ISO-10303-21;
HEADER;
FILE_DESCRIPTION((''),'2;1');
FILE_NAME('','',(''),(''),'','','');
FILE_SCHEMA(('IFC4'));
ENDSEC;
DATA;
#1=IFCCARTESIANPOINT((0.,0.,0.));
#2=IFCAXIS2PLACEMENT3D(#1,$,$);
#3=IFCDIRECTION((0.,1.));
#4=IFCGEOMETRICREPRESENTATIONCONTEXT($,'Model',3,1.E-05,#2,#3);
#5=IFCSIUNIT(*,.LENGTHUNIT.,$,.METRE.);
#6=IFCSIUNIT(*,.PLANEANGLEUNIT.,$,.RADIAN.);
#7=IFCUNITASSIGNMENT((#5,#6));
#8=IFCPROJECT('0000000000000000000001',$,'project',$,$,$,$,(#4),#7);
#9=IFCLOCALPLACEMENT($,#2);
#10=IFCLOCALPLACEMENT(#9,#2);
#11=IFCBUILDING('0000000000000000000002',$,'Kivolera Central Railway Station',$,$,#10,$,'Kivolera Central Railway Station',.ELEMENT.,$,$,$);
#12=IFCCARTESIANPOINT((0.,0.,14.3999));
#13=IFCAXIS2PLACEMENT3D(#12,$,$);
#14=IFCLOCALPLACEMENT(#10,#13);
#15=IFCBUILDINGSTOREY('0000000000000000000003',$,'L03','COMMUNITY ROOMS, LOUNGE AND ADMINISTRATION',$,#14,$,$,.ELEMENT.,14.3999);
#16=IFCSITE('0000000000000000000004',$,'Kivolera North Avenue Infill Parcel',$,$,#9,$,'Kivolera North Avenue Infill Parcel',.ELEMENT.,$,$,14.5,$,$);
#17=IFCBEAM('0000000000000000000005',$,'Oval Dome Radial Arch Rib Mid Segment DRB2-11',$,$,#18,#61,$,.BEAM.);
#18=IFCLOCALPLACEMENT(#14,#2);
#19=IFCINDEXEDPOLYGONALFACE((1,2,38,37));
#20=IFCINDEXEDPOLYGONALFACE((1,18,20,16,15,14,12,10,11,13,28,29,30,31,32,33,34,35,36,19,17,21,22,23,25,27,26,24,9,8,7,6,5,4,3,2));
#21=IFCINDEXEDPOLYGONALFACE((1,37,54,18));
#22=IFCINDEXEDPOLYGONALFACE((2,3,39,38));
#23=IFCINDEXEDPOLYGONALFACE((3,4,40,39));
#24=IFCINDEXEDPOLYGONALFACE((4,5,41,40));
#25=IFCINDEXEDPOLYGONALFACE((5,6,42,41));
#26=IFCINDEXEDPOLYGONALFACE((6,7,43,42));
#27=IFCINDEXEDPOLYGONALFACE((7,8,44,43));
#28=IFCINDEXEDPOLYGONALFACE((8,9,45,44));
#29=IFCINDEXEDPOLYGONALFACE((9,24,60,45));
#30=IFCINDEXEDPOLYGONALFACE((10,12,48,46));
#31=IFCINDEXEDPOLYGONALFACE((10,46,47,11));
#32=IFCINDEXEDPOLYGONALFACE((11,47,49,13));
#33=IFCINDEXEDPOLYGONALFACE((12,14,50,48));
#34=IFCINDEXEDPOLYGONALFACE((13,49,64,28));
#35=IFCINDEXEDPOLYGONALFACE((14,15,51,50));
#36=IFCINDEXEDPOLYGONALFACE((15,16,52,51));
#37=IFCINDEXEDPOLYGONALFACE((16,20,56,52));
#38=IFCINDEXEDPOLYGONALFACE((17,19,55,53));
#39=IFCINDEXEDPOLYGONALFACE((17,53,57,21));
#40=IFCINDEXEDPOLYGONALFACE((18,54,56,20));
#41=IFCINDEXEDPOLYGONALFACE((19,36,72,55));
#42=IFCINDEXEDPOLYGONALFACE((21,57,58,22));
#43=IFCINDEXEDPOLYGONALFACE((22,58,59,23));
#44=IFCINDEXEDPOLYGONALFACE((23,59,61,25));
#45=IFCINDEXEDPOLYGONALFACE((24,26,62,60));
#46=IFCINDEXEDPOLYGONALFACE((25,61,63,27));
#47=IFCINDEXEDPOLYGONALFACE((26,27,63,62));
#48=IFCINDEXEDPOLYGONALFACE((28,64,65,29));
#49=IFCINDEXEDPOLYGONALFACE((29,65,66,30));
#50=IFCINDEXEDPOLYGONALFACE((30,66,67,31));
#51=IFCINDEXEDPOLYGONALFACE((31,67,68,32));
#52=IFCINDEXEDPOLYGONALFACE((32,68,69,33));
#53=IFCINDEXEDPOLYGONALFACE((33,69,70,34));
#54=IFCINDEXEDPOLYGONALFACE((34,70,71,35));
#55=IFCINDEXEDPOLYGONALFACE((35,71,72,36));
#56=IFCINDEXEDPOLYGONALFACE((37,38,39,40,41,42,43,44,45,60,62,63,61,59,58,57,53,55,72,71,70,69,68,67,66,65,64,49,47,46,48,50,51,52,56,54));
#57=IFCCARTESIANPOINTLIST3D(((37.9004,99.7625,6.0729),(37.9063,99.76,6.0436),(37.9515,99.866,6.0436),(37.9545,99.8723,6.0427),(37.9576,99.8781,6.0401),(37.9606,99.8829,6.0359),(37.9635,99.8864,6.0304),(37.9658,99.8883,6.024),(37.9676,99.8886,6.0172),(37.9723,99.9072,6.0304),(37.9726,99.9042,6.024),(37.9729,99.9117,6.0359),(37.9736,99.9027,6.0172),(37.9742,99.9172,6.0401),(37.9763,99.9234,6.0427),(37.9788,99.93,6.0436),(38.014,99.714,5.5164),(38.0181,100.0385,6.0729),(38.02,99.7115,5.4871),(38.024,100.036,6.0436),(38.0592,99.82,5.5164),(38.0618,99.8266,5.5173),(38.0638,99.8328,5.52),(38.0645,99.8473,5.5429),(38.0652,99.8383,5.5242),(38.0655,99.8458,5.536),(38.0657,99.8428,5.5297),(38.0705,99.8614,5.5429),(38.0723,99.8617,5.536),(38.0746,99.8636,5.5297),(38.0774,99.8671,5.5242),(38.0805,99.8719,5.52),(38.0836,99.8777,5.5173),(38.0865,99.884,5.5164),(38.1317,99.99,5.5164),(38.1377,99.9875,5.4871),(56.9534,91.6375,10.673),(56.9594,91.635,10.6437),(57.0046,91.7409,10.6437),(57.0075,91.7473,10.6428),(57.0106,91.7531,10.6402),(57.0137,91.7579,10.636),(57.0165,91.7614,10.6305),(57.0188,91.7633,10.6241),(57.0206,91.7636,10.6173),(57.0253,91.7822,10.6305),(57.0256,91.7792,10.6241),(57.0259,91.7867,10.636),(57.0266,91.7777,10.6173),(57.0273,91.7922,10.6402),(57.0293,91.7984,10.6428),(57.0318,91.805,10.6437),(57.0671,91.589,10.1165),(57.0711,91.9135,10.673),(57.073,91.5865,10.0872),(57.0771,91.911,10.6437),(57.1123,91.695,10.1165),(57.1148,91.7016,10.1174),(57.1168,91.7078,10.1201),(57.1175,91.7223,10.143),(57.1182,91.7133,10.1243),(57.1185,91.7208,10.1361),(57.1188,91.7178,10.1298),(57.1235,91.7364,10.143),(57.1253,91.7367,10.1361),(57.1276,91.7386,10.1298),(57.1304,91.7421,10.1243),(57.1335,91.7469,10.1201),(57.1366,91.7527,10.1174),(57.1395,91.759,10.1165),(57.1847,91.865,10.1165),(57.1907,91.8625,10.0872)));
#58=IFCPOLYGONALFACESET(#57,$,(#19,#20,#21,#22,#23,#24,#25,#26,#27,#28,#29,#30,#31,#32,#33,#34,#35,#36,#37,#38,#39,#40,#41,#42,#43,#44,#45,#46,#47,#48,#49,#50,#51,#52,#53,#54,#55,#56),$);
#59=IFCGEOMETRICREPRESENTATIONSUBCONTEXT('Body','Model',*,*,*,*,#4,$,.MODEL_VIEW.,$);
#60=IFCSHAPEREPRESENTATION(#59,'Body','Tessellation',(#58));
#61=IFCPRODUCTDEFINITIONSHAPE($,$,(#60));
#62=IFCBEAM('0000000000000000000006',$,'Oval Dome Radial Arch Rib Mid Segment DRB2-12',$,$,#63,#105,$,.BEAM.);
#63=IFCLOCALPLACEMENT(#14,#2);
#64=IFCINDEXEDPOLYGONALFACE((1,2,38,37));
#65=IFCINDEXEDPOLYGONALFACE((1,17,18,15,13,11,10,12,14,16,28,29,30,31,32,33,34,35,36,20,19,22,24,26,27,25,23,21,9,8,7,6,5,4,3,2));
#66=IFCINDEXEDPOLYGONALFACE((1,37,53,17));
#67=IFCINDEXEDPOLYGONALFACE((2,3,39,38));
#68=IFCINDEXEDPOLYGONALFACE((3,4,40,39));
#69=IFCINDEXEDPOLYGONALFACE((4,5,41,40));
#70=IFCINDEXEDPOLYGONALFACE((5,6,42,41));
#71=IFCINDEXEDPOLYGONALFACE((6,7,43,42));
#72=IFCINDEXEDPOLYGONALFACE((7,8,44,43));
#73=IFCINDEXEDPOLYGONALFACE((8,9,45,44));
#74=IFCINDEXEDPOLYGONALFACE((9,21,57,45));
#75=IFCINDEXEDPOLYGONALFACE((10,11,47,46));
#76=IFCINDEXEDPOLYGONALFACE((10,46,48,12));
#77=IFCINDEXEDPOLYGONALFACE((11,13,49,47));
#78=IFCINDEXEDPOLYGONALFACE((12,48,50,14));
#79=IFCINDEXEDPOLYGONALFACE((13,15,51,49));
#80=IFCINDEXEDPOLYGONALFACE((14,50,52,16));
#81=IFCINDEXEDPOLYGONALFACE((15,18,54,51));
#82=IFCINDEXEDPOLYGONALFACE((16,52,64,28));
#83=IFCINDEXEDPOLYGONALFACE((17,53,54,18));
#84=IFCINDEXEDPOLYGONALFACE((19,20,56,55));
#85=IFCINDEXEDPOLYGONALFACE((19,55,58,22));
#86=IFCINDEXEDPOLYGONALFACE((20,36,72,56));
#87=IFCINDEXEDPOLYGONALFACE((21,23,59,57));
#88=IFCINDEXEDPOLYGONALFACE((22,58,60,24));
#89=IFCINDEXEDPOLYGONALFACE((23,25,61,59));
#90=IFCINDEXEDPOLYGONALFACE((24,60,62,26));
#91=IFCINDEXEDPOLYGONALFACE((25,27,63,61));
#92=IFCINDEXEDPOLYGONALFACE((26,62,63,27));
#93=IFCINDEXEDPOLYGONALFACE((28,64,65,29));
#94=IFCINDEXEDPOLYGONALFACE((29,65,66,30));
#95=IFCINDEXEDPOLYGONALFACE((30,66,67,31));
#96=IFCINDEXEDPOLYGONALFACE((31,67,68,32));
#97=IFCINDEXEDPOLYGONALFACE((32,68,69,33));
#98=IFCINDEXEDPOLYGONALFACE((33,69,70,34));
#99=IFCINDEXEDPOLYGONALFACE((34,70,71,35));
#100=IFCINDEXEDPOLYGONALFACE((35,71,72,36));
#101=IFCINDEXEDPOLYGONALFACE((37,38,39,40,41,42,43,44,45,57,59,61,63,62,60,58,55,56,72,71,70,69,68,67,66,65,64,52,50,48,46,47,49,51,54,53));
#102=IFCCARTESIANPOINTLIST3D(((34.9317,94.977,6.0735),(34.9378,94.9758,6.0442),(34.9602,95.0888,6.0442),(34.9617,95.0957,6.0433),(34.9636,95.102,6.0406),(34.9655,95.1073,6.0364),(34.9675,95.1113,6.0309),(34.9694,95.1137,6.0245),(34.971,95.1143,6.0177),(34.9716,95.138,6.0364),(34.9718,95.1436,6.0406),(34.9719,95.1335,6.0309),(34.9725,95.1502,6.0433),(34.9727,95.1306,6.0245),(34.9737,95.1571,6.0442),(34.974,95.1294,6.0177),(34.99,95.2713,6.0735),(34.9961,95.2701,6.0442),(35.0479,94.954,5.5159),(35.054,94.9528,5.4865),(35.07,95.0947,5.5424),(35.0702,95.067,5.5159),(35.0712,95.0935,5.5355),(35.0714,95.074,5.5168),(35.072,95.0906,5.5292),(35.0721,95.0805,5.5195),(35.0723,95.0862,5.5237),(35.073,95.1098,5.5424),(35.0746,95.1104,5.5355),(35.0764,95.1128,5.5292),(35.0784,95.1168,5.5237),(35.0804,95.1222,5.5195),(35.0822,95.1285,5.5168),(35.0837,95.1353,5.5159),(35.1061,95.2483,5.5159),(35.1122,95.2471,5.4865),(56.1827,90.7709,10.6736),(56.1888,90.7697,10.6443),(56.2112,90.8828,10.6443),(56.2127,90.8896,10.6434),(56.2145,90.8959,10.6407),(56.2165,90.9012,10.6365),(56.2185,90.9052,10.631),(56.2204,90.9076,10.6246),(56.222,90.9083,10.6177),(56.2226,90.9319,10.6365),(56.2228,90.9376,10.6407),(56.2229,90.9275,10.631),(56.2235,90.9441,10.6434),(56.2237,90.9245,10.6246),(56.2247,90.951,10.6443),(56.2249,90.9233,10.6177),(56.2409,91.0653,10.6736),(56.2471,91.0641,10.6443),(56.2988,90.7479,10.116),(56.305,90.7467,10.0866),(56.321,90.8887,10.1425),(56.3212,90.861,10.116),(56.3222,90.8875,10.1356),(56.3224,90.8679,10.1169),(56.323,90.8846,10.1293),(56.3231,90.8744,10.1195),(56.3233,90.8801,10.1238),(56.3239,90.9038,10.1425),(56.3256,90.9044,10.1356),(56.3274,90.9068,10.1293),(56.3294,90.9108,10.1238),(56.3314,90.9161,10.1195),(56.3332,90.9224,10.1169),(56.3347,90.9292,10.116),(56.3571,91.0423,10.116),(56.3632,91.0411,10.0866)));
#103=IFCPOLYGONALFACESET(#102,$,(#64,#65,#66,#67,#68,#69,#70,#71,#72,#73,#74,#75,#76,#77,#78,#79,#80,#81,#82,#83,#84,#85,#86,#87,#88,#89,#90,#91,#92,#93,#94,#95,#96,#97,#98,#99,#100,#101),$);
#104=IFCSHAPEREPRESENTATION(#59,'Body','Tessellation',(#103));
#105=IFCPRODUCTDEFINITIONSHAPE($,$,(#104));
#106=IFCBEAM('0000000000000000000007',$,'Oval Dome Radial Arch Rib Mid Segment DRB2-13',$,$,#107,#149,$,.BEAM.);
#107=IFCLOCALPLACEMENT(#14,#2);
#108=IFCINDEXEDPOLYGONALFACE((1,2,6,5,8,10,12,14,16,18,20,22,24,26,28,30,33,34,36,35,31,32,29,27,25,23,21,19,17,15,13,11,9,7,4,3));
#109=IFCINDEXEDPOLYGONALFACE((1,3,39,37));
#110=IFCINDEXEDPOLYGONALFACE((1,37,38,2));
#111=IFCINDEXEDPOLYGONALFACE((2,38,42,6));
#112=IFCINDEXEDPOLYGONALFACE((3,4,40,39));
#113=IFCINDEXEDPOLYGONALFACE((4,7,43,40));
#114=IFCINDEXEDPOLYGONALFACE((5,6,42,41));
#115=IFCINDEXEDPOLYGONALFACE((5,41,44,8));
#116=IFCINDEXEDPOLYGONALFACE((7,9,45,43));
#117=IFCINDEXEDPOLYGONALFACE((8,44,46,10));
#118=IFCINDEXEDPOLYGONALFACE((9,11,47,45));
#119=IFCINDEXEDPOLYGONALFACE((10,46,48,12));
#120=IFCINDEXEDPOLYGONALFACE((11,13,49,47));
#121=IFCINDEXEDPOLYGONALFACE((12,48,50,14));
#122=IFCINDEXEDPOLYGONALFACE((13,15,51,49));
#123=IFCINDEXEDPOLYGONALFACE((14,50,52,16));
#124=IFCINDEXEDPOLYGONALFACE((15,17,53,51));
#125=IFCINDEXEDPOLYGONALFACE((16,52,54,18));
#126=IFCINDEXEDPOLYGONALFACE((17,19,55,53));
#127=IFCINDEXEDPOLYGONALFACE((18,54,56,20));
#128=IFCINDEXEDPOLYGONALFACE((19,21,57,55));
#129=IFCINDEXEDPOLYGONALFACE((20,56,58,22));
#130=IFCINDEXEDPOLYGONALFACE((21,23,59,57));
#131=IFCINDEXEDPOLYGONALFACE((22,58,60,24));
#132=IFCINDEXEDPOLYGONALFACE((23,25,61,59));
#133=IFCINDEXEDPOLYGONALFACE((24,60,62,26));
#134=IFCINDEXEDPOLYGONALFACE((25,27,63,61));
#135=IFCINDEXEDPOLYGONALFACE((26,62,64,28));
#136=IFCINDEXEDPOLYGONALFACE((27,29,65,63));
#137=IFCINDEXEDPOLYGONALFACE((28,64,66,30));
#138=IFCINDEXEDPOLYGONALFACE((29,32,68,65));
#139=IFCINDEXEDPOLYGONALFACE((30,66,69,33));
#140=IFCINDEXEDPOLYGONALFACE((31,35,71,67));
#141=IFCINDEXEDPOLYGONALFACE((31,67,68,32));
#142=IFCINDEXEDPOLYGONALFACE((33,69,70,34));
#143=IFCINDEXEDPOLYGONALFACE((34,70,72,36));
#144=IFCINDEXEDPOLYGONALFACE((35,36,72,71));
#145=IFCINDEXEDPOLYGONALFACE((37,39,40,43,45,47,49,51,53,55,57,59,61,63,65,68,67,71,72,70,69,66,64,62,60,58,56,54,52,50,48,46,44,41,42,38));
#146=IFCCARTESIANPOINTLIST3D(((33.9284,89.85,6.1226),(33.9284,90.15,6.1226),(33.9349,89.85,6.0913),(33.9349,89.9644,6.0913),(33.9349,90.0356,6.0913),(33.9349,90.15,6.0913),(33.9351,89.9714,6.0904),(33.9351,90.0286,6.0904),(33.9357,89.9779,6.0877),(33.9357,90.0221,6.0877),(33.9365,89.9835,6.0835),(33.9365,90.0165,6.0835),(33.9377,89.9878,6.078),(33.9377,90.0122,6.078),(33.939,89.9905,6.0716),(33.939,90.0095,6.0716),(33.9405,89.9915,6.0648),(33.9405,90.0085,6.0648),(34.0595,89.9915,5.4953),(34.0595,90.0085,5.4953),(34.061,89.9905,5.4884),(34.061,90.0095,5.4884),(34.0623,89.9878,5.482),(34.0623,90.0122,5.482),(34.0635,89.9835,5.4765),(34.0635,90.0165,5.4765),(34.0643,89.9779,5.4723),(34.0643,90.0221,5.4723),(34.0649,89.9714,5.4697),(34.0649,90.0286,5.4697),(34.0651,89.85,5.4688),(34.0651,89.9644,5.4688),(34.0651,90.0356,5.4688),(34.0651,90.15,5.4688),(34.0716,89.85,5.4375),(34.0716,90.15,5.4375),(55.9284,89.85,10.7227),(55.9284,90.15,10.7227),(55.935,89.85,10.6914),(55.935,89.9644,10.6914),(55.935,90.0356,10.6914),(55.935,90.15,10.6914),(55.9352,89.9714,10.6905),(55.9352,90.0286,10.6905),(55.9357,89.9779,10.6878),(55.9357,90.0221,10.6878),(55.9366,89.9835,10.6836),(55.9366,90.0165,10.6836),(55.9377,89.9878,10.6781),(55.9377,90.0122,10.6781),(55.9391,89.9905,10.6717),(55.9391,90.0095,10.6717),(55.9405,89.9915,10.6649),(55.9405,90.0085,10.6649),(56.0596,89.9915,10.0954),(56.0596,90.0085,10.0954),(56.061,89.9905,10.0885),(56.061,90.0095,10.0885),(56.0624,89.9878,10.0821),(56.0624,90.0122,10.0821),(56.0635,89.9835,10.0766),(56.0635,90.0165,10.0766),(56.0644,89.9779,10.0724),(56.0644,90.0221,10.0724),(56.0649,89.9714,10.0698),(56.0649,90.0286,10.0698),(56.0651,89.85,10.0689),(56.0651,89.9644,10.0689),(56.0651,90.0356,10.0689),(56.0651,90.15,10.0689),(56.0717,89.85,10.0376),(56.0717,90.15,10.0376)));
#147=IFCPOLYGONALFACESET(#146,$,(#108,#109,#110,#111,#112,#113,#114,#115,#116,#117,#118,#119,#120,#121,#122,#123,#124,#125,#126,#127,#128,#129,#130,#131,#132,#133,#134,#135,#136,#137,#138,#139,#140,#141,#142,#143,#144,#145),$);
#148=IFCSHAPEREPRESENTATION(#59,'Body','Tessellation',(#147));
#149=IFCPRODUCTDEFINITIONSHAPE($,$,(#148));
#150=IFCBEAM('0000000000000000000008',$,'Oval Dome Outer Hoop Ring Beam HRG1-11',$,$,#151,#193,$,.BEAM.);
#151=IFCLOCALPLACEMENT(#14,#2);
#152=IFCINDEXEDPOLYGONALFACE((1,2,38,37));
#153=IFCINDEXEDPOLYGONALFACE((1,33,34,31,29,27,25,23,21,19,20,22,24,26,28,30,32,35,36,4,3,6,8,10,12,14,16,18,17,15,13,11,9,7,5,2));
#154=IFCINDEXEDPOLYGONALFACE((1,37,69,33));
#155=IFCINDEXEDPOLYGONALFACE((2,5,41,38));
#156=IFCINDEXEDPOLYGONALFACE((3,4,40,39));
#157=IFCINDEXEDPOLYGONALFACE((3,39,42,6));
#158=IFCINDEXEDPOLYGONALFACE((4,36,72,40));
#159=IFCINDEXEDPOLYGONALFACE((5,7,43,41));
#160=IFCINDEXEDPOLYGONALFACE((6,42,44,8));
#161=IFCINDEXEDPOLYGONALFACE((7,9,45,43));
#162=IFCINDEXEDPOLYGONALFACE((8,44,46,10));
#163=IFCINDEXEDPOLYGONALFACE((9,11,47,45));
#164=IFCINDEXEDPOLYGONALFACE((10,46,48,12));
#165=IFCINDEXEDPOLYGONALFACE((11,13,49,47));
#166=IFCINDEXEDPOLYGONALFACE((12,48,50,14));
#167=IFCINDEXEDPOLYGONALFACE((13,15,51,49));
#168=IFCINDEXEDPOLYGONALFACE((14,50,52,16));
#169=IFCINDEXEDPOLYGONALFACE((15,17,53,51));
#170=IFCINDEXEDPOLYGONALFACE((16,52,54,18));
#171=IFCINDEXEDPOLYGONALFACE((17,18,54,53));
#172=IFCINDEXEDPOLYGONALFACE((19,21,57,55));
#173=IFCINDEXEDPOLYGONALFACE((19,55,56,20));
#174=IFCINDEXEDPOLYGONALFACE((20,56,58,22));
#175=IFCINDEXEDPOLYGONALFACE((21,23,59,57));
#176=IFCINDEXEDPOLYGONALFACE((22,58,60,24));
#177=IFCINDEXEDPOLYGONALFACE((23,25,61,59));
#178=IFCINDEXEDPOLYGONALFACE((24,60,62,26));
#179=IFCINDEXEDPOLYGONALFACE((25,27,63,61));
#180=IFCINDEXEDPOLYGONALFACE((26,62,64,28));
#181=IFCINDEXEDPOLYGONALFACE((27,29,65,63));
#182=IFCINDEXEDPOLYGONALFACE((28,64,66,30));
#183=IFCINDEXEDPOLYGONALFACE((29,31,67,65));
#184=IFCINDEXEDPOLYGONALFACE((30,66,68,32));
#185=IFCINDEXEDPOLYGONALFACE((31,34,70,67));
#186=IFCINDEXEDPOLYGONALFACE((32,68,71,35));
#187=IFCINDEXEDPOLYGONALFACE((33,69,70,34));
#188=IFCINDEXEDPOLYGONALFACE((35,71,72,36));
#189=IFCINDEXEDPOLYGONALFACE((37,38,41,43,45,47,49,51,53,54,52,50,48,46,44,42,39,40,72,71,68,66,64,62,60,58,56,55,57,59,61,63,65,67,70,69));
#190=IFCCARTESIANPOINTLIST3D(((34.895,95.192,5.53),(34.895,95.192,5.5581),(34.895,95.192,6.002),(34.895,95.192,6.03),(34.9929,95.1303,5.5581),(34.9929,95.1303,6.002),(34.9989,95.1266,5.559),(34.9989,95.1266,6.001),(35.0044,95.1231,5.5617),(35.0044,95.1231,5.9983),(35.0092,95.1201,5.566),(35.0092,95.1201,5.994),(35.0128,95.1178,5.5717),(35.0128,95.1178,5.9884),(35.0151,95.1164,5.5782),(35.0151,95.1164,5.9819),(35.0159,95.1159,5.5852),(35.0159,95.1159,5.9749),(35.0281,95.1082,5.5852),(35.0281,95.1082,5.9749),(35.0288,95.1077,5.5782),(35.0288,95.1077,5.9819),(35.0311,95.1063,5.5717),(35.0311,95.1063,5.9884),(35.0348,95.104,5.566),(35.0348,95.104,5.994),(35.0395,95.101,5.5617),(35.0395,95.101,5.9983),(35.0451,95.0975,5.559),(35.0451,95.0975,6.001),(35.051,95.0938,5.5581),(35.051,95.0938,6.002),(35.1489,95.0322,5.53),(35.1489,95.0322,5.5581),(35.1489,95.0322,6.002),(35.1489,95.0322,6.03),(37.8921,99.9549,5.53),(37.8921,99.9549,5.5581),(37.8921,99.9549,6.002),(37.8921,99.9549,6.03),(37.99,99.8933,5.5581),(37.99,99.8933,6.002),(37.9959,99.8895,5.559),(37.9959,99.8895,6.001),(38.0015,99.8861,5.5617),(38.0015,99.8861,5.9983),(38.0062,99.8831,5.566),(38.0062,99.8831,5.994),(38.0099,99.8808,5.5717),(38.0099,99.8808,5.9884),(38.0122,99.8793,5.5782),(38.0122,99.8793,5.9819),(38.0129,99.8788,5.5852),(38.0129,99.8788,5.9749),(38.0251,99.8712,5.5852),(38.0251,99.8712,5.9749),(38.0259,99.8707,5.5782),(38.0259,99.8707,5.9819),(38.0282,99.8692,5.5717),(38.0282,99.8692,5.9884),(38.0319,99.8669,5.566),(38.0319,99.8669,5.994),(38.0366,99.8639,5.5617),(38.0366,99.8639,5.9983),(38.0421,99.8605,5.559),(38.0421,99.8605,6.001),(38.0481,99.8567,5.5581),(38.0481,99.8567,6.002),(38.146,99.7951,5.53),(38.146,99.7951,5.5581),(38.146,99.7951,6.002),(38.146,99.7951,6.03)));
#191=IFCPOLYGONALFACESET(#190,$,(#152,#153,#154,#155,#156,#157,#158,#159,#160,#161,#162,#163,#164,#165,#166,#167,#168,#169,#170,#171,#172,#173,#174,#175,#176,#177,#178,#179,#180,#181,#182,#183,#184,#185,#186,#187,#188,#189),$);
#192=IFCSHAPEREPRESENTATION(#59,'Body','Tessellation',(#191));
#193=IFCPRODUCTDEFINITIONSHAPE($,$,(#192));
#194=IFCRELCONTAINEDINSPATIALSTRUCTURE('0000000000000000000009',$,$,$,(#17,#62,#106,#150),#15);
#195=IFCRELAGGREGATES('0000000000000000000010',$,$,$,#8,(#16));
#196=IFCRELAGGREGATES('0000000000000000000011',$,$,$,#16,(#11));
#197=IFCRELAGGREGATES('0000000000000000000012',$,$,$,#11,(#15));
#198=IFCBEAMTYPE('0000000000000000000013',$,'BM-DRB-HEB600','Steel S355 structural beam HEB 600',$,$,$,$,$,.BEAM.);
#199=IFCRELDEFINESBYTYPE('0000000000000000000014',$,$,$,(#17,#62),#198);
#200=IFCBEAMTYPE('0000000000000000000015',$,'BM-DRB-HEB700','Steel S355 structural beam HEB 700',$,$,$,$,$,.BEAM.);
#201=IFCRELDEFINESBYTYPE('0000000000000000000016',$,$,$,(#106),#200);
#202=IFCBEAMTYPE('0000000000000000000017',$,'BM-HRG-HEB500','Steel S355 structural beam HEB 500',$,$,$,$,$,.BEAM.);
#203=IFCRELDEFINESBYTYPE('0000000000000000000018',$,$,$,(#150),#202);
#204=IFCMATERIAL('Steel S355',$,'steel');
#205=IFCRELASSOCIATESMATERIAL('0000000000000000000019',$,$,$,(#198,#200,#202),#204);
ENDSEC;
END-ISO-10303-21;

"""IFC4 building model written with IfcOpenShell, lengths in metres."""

from ifc_helpers import new_model, si_unit, direction, frame, origin, origin_2d, place, context, subcontext, project, spatial, i_section, extrude, material, material_profile, profile_set, type_object, element, save


model = new_model("IFC4")

# Units and contexts
model_context = context("Model", 3, precision=1e-05, world=origin(), true_north=direction((0.0, 1.0)))
body_context = subcontext(model_context, "Body", "Model", "MODEL_VIEW")
ifc_project = project(units=[si_unit("LENGTHUNIT", "METRE"), si_unit("PLANEANGLEUNIT", "RADIAN")], contexts=[model_context])

# Site, building, storey
site_placement = place(None, origin())
site = spatial("IfcSite", under=ifc_project, at=site_placement, Name="Kivolera North Avenue Infill Parcel", LongName="Kivolera North Avenue Infill Parcel", CompositionType="ELEMENT", RefElevation=14.5)
building_placement = place(site_placement, origin())
building = spatial("IfcBuilding", under=site, at=building_placement, Name="Kivolera Central Railway Station", LongName="Kivolera Central Railway Station", CompositionType="ELEMENT")
storey_placement = place(building_placement, frame((0.0, 0.0, 14.3999)))
storey = spatial("IfcBuildingStorey", under=building, at=storey_placement, Name="L03", Description="COMMUNITY ROOMS, LOUNGE AND ADMINISTRATION", CompositionType="ELEMENT", Elevation=14.3999)

# Beams
ifc_material_1 = material(Name="Steel S355", Category="steel")
ifc_material_profile_1 = material_profile(ifc_material_1, i_section(OverallWidth=0.3, OverallDepth=0.6001, WebThickness=0.0154, FlangeThickness=0.03, FilletRadius=0.0271, at=origin_2d()), Name="HEB 600")
ifc_profile_set_1 = profile_set([ifc_material_profile_1], Name="Steel S355")
beam_type_1 = type_object("IfcBeamType", Name="BM-DRB-HEB600", Description="Steel S355 structural beam HEB 600", PredefinedType="BEAM", material=ifc_profile_set_1)
beam_1_placement = place(storey_placement, frame((38.019, 99.875, 5.78), z_axis=(0.897974, -0.382934, 0.216804), x_axis=(0.392264, 0.919853, 0.0)))
element("IfcBeam", 1, at=beam_1_placement, inside=storey, type_object=beam_type_1, Name="Oval Dome Radial Arch Rib Mid Segment DRB2-11", PredefinedType="BEAM", context=body_context, shape_type="SweptSolid", body=[
    extrude(i_section(OverallWidth=0.3, OverallDepth=0.6001, WebThickness=0.0154, FlangeThickness=0.03, FilletRadius=0.0271, at=origin_2d()), origin(), (0.0, 0.0, 1.0), 21.2178),
])
beam_2_placement = place(storey_placement, frame((35.022, 95.1121, 5.78), z_axis=(0.959575, -0.189922, 0.207715), x_axis=(0.194157, 0.980971, 0.0)))
element("IfcBeam", 2, at=beam_2_placement, inside=storey, type_object=beam_type_1, Name="Oval Dome Radial Arch Rib Mid Segment DRB2-12", PredefinedType="BEAM", context=body_context, shape_type="SweptSolid", body=[
    extrude(i_section(OverallWidth=0.3, OverallDepth=0.6001, WebThickness=0.0154, FlangeThickness=0.03, FilletRadius=0.0271, at=origin_2d()), origin(), (0.0, 0.0, 1.0), 22.1462),
])
ifc_material_profile_2 = material_profile(ifc_material_1, i_section(OverallWidth=0.3, OverallDepth=0.7, WebThickness=0.0171, FlangeThickness=0.032, FilletRadius=0.0271, at=origin_2d()), Name="HEB 700")
ifc_profile_set_2 = profile_set([ifc_material_profile_2], Name="Steel S355")
beam_type_2 = type_object("IfcBeamType", Name="BM-DRB-HEB700", Description="Steel S355 structural beam HEB 700", PredefinedType="BEAM", material=ifc_profile_set_2)
beam_3_placement = place(storey_placement, frame((34.0, 90.0, 5.78), z_axis=(0.978831, 0.0, 0.204669), x_axis=(0.0, 1.0, 0.0)))
element("IfcBeam", 3, at=beam_3_placement, inside=storey, type_object=beam_type_2, Name="Oval Dome Radial Arch Rib Mid Segment DRB2-13", PredefinedType="BEAM", context=body_context, shape_type="SweptSolid", body=[
    extrude(i_section(OverallWidth=0.3, OverallDepth=0.7, WebThickness=0.0171, FlangeThickness=0.032, FilletRadius=0.0271, at=origin_2d()), origin(), (0.0, 0.0, 1.0), 22.4758),
])
ifc_material_profile_3 = material_profile(ifc_material_1, i_section(OverallWidth=0.3, OverallDepth=0.5, WebThickness=0.0144, FlangeThickness=0.0281, FilletRadius=0.0271, at=origin_2d()), Name="HEB 500")
ifc_profile_set_3 = profile_set([ifc_material_profile_3], Name="Steel S355")
beam_type_3 = type_object("IfcBeamType", Name="BM-HRG-HEB500", Description="Steel S355 structural beam HEB 500", PredefinedType="BEAM", material=ifc_profile_set_3)
beam_4_placement = place(storey_placement, frame((38.019, 99.875, 5.78), z_axis=(-0.532582, -0.846378, 0.0), x_axis=(0.846378, -0.532582, 0.0)))
element("IfcBeam", 4, at=beam_4_placement, inside=storey, type_object=beam_type_3, Name="Oval Dome Outer Hoop Ring Beam HRG1-11", PredefinedType="BEAM", context=body_context, shape_type="SweptSolid", body=[
    extrude(i_section(OverallWidth=0.3, OverallDepth=0.5, WebThickness=0.0144, FlangeThickness=0.0281, FilletRadius=0.0271, at=origin_2d()), origin(), (0.0, 0.0, 1.0), 5.6274),
])

save(model, "model.ifc")
